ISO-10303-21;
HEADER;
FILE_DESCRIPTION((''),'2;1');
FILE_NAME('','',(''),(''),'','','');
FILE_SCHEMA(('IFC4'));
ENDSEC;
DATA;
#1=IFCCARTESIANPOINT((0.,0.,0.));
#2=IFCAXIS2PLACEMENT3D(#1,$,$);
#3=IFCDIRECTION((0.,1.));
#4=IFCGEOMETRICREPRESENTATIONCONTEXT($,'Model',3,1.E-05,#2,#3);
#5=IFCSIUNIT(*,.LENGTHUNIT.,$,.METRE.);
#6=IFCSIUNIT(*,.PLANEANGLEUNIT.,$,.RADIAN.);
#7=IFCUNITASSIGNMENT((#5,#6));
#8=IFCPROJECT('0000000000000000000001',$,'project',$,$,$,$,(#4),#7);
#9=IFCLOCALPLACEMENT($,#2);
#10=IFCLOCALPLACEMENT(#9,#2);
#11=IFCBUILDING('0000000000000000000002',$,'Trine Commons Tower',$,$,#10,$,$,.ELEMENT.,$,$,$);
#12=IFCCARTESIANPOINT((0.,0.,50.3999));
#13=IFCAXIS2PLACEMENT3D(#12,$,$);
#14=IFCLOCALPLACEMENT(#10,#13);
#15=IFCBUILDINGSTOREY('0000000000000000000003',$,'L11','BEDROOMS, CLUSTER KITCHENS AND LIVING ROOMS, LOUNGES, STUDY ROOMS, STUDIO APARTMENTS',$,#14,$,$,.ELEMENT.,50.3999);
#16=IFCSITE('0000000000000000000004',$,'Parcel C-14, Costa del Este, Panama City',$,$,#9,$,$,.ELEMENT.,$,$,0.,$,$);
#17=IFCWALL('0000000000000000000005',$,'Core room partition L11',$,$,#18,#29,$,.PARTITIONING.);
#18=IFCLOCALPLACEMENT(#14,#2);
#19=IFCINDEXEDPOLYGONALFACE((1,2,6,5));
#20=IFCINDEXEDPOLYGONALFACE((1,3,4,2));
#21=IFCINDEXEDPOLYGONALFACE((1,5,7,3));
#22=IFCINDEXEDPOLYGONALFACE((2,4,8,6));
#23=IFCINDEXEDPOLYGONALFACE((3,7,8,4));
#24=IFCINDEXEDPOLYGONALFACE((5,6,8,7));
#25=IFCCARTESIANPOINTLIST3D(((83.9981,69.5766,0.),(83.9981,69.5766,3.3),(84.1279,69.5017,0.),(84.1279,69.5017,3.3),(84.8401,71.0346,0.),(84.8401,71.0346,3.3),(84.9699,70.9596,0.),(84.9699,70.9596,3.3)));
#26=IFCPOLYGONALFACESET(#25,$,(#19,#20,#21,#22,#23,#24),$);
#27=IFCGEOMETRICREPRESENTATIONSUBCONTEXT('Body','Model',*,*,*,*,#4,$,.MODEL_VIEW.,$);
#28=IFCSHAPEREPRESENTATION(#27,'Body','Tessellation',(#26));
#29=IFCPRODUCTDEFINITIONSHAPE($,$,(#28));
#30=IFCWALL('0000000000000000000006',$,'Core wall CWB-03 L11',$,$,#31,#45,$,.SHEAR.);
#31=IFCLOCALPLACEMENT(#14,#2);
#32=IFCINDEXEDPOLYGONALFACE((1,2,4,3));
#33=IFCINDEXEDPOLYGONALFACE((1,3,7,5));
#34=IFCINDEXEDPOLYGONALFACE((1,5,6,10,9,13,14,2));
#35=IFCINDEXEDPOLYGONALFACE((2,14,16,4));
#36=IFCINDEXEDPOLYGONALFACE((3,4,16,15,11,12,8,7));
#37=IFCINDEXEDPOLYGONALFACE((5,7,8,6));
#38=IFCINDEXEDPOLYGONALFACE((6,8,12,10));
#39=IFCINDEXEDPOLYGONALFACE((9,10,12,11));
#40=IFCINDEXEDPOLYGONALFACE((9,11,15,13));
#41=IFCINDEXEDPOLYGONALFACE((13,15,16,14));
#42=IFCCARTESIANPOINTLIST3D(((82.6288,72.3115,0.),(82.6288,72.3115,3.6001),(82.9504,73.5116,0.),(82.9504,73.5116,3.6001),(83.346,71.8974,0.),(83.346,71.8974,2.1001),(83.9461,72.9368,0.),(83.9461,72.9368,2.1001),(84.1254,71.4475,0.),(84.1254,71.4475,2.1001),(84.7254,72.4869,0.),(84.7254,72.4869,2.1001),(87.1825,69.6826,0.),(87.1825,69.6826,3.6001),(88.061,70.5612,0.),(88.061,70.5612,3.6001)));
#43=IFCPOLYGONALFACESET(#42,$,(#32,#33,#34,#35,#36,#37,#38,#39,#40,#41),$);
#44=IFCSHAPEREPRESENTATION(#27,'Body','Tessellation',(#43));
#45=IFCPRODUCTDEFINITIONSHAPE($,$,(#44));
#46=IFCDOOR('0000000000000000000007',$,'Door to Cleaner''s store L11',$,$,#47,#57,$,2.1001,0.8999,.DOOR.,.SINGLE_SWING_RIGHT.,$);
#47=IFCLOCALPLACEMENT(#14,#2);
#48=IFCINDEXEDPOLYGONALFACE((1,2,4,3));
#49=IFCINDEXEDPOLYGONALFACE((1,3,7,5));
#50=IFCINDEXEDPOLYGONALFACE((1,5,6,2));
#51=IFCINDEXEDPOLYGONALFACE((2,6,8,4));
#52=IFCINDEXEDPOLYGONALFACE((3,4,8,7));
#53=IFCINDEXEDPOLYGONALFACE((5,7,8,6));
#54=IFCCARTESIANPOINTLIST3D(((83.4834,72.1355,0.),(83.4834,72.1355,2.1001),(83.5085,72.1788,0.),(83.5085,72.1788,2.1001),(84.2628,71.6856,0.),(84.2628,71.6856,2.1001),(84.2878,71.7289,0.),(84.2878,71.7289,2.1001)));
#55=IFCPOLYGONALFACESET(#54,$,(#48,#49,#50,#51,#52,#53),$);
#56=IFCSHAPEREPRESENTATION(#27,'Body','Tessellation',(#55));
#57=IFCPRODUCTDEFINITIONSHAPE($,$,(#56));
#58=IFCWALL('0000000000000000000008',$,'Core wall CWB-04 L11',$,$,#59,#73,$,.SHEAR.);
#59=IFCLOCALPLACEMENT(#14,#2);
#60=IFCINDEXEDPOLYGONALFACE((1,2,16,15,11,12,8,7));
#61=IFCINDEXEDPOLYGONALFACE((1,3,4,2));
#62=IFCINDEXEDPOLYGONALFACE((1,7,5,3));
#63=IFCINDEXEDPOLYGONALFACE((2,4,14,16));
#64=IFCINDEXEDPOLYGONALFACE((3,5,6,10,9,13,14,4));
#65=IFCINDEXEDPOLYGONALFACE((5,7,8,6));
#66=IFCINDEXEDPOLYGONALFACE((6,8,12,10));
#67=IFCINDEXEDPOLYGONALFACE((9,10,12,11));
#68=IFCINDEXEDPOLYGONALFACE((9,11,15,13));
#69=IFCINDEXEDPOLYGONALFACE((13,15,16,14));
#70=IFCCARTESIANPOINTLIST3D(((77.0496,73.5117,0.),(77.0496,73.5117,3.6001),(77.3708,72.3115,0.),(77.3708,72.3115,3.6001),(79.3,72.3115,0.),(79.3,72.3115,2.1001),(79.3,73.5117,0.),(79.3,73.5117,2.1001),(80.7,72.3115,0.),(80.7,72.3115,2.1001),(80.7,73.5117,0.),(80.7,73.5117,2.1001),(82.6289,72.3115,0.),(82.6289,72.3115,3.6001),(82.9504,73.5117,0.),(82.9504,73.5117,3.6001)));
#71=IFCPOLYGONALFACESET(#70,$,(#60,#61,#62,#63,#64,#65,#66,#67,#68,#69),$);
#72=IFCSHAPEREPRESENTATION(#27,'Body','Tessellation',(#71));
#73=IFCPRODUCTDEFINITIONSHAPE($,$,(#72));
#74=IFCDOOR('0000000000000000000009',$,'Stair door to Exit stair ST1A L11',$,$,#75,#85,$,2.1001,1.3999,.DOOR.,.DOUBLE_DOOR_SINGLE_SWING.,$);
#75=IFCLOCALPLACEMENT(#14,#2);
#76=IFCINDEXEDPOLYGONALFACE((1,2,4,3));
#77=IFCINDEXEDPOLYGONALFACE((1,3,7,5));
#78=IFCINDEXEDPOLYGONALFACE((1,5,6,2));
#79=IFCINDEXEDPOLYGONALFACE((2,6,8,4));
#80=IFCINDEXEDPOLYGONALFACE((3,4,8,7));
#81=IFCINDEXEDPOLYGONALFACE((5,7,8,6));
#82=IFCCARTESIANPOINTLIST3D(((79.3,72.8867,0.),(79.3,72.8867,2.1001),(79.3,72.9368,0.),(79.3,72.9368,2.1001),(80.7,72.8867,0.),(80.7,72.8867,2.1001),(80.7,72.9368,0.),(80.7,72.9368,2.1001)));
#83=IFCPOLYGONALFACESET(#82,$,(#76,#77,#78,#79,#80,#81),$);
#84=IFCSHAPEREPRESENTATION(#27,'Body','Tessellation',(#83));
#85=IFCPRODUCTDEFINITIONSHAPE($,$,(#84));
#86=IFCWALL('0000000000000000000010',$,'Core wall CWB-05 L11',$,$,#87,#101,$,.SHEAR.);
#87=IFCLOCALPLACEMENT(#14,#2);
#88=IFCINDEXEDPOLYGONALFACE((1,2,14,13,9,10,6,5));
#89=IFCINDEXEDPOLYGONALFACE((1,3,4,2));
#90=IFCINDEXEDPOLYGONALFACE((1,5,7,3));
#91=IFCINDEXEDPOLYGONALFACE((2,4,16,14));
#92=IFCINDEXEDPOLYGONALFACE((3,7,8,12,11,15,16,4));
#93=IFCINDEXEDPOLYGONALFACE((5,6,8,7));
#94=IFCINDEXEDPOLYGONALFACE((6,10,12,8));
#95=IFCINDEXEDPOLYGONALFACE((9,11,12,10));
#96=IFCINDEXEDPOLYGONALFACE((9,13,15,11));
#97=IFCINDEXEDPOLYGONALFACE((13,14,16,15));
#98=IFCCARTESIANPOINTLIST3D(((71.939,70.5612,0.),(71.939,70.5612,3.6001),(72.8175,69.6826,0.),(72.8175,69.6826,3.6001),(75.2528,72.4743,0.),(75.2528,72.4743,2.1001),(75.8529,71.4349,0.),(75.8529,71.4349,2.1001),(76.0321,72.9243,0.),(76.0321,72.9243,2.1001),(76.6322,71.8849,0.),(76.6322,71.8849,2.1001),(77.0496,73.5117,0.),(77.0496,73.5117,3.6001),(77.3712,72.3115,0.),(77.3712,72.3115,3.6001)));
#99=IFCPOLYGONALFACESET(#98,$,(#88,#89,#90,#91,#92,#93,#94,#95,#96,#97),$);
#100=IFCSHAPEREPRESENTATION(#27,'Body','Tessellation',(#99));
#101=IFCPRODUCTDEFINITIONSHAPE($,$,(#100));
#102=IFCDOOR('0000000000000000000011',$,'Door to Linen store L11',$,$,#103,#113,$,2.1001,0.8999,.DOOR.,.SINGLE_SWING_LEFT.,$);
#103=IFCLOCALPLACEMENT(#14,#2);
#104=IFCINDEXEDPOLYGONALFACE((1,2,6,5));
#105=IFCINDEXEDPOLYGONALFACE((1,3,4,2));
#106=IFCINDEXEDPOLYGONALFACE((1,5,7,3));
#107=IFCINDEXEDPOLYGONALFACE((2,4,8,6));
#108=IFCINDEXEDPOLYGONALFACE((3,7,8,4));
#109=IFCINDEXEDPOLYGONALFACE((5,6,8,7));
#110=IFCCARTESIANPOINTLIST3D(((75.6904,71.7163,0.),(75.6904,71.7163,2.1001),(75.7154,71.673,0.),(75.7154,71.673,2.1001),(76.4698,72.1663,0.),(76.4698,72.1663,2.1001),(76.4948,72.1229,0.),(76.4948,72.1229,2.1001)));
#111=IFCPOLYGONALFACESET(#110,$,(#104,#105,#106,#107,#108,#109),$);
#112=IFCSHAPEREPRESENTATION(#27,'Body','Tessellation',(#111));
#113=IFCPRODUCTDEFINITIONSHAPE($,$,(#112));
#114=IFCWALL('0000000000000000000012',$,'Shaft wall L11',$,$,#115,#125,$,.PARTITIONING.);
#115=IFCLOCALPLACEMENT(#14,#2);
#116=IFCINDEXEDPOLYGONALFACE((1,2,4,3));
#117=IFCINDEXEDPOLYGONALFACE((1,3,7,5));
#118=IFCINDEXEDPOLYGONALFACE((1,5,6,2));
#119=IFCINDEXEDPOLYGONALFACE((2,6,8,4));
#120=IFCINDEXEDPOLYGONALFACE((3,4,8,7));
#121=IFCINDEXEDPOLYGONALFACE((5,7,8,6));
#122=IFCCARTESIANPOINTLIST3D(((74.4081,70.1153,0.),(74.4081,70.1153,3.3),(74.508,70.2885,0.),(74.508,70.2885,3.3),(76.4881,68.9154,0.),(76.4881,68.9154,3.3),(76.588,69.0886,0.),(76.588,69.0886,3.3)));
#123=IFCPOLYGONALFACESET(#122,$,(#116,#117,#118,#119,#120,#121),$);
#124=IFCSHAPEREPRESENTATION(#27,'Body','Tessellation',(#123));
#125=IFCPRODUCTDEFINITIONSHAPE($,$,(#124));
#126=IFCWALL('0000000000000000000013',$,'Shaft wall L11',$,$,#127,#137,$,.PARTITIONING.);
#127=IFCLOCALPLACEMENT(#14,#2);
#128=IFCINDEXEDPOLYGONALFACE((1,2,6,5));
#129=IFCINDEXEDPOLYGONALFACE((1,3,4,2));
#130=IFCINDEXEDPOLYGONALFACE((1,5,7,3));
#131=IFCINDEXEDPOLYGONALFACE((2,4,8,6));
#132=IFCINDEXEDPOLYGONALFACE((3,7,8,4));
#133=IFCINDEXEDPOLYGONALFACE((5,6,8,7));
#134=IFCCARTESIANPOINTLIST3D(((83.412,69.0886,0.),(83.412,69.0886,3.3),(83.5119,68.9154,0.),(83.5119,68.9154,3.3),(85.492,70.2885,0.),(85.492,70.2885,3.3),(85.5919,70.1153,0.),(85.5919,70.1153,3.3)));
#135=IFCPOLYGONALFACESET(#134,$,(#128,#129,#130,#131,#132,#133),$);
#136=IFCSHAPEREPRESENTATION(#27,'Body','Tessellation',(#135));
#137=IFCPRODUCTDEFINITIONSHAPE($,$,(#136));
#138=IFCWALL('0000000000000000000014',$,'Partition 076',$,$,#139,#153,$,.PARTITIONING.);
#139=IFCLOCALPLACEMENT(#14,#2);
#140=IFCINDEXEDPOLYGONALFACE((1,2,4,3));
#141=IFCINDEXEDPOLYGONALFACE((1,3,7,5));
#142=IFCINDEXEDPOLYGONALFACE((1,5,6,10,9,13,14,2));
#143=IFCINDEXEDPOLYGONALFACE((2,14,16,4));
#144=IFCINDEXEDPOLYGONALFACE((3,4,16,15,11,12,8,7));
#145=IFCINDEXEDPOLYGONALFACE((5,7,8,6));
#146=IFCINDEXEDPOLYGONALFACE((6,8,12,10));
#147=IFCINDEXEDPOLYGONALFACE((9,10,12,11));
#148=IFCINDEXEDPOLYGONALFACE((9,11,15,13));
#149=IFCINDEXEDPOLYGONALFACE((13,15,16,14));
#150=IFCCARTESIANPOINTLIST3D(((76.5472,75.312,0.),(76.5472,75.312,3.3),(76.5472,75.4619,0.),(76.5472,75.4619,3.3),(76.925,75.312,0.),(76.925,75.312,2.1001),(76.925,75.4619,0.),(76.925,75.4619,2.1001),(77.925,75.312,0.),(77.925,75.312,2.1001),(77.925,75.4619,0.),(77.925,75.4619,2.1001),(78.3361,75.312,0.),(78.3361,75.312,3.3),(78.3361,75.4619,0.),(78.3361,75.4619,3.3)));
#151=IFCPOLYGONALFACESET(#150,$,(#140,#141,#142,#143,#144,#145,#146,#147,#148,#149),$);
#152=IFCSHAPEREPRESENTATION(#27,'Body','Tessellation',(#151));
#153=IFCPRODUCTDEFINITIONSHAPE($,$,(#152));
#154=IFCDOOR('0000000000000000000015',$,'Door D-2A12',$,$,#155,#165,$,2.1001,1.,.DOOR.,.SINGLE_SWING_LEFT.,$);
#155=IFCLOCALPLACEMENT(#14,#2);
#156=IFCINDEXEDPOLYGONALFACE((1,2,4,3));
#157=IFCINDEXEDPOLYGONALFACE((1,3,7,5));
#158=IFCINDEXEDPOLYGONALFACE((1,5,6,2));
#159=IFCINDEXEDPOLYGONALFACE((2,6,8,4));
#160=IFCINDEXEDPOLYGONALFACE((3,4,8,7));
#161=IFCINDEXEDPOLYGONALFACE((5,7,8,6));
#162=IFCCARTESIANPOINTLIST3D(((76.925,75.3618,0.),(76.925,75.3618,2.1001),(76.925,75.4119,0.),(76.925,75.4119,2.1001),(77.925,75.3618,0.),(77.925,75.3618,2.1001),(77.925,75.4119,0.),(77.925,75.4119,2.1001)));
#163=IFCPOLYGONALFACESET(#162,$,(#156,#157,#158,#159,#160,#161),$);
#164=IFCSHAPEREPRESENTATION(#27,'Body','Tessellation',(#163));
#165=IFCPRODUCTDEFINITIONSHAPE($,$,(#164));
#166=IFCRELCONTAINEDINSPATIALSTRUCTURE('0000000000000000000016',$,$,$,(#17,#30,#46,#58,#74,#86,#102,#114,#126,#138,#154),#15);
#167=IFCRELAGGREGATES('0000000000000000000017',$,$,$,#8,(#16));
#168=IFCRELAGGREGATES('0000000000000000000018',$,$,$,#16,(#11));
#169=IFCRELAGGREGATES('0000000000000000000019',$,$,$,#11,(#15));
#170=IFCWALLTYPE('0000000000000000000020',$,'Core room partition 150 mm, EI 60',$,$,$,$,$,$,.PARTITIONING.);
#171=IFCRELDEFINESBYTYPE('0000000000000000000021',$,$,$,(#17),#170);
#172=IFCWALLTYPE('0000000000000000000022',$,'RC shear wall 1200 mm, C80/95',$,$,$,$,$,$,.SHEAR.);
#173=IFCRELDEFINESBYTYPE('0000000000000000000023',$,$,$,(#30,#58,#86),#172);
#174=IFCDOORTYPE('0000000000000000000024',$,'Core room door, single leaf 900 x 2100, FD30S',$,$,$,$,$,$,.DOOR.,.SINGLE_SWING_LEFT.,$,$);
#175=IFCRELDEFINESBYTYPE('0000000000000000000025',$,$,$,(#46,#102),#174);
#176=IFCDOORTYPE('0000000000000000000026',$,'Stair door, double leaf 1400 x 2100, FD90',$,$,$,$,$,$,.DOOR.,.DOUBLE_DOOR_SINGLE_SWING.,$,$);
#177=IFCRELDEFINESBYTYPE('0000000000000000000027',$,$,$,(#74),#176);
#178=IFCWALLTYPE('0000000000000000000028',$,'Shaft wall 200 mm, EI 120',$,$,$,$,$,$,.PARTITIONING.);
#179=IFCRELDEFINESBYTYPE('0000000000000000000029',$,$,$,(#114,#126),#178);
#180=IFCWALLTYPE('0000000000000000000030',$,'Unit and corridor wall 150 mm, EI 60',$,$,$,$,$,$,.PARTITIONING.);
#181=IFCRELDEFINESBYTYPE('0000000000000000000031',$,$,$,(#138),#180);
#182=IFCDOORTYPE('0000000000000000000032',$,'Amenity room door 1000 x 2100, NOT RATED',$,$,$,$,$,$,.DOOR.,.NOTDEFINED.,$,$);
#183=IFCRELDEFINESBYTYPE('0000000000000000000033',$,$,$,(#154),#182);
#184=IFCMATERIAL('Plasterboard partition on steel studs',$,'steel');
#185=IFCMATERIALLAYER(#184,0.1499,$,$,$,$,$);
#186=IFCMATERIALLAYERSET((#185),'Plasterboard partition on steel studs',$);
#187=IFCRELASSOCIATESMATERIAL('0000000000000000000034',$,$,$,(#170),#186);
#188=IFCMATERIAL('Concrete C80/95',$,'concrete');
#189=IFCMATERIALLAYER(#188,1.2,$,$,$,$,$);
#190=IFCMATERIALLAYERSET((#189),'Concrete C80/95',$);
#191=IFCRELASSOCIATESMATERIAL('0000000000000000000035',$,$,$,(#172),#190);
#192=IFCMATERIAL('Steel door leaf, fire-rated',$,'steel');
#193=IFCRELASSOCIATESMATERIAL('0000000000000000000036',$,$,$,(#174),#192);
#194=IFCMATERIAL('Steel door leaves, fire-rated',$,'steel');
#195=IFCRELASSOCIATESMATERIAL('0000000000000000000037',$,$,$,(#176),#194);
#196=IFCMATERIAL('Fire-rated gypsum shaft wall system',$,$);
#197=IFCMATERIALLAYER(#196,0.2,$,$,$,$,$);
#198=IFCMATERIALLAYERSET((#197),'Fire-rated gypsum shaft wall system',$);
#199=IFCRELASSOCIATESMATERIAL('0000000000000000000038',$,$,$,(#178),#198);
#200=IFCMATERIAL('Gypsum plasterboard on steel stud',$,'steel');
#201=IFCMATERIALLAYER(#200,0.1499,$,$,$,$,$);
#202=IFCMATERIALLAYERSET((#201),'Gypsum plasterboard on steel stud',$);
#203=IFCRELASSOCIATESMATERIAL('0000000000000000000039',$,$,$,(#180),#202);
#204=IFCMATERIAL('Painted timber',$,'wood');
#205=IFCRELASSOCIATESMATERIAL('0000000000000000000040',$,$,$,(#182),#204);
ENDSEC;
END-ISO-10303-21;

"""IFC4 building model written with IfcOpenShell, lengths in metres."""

from ifc_helpers import new_model, si_unit, direction, frame, frame_2d, origin, place, context, subcontext, project, spatial, polyline, rectangle, outline, extrude, material, layer, layer_set, type_object, element, fill, save


model = new_model("IFC4")

# Units and contexts
model_context = context("Model", 3, precision=1e-05, world=origin(), true_north=direction((0.0, 1.0)))
body_context = subcontext(model_context, "Body", "Model", "MODEL_VIEW")
ifc_project = project(units=[si_unit("LENGTHUNIT", "METRE"), si_unit("PLANEANGLEUNIT", "RADIAN")], contexts=[model_context])

# Site, building, storey
site_placement = place(None, origin())
site = spatial("IfcSite", under=ifc_project, at=site_placement, Name="Parcel C-14, Costa del Este, Panama City", CompositionType="ELEMENT", RefElevation=0.0)
building_placement = place(site_placement, origin())
building = spatial("IfcBuilding", under=site, at=building_placement, Name="Trine Commons Tower", CompositionType="ELEMENT")
storey_placement = place(building_placement, frame((0.0, 0.0, 50.3999)))
storey = spatial("IfcBuildingStorey", under=building, at=storey_placement, Name="L11", Description="BEDROOMS, CLUSTER KITCHENS AND LIVING ROOMS, LOUNGES, STUDY ROOMS, STUDIO APARTMENTS", CompositionType="ELEMENT", Elevation=50.3999)

# Wall
ifc_material_1 = material(Name="Plasterboard partition on steel studs", Category="steel")
ifc_layer_1 = layer(ifc_material_1, 0.1499)
ifc_layer_set_1 = layer_set([ifc_layer_1], Name="Plasterboard partition on steel studs")
wall_type_1 = type_object("IfcWallType", Name="Core room partition 150 mm, EI 60", PredefinedType="PARTITIONING", material=ifc_layer_set_1)
wall_1_placement = place(storey_placement, frame((84.905, 70.9971, 0.0), z_axis=(0.0, 0.0, 1.0), x_axis=(-0.500116, -0.865959, 0.0)))
element("IfcWall", 1, at=wall_1_placement, inside=storey, type_object=wall_type_1, Name="Core room partition L11", PredefinedType="PARTITIONING", context=body_context, shape_type="SweptSolid", body=[
    extrude(rectangle(XDim=1.6836, YDim=0.1499, at=frame_2d((0.8418, 0.0))), origin(), (0.0, 0.0, 1.0), 3.3),
])

# Walls, openings, doors
ifc_material_2 = material(Name="Concrete C80/95", Category="concrete")
ifc_layer_2 = layer(ifc_material_2, 1.2)
ifc_layer_set_2 = layer_set([ifc_layer_2], Name="Concrete C80/95")
wall_type_2 = type_object("IfcWallType", Name="RC shear wall 1200 mm, C80/95", PredefinedType="SHEAR", material=ifc_layer_set_2)
wall_2_placement = place(storey_placement, frame((87.761, 70.0415, 0.0), z_axis=(0.0, 0.0, 1.0), x_axis=(-0.866037, 0.499979, 0.0)))
wall_2 = element("IfcWall", 2, at=wall_2_placement, inside=storey, type_object=wall_type_2, Name="Core wall CWB-03 L11", PredefinedType="SHEAR", context=body_context, shape_type="SweptSolid", body=[
    extrude(outline(polyline([(0.0, -0.6001), (5.9011, -0.6001), (5.5796, 0.6001), (0.3215, 0.6001), (0.0, -0.6001)])), origin(), (0.0, 0.0, 1.0), 3.6001),
])
opening_1_placement = place(wall_2_placement, frame((3.8516, 0.0, 0.0)))
opening_1 = element("IfcOpeningElement", 3, at=opening_1_placement, cuts=wall_2, PredefinedType="OPENING", context=body_context, shape_type="SweptSolid", body=[
    extrude(rectangle(XDim=0.8999, YDim=2.1001, at=frame_2d((0.45, 1.05))), frame((0.0, 0.6099, 0.0), z_axis=(0.0, -1.0, 0.0), x_axis=(1.0, 0.0, 0.0)), (0.0, 0.0, 1.0), 1.22),
])
ifc_material_3 = material(Name="Steel door leaf, fire-rated", Category="steel")
door_type_1 = type_object("IfcDoorType", Name="Core room door, single leaf 900 x 2100, FD30S", OperationType="SINGLE_SWING_LEFT", PredefinedType="DOOR", material=ifc_material_3)
door_1_placement = place(opening_1_placement, origin())
door_1 = element("IfcDoor", 4, at=door_1_placement, inside=storey, type_object=door_type_1, Name="Door to Cleaner's store L11", OperationType="SINGLE_SWING_RIGHT", OverallHeight=2.1001, OverallWidth=0.8999, PredefinedType="DOOR", context=body_context, shape_type="SweptSolid", body=[
    extrude(rectangle(XDim=0.8999, YDim=2.1001, at=frame_2d((0.45, 1.05))), frame((0.0, 0.3252, 0.0), z_axis=(0.0, -1.0, 0.0), x_axis=(1.0, 0.0, 0.0)), (0.0, 0.0, 1.0), 0.05),
])
fill(opening_1, door_1)
wall_3_placement = place(storey_placement, frame((82.9504, 72.9116, 0.0), z_axis=(0.0, 0.0, 1.0), x_axis=(-1.0, 0.0, 0.0)))
wall_3 = element("IfcWall", 5, at=wall_3_placement, inside=storey, type_object=wall_type_2, Name="Core wall CWB-04 L11", PredefinedType="SHEAR", context=body_context, shape_type="SweptSolid", body=[
    extrude(outline(polyline([(0.0, -0.6001), (5.9009, -0.6001), (5.5796, 0.6001), (0.3215, 0.6001), (0.0, -0.6001)])), origin(), (0.0, 0.0, 1.0), 3.6001),
])
opening_2_placement = place(wall_3_placement, frame((2.2505, 0.0, 0.0)))
opening_2 = element("IfcOpeningElement", 6, at=opening_2_placement, cuts=wall_3, PredefinedType="OPENING", context=body_context, shape_type="SweptSolid", body=[
    extrude(rectangle(XDim=1.3999, YDim=2.1001, at=frame_2d((0.7, 1.05))), frame((0.0, 0.6099, 0.0), z_axis=(0.0, -1.0, 0.0), x_axis=(1.0, 0.0, 0.0)), (0.0, 0.0, 1.0), 1.22),
])
ifc_material_4 = material(Name="Steel door leaves, fire-rated", Category="steel")
door_type_2 = type_object("IfcDoorType", Name="Stair door, double leaf 1400 x 2100, FD90", OperationType="DOUBLE_DOOR_SINGLE_SWING", PredefinedType="DOOR", material=ifc_material_4)
door_2_placement = place(opening_2_placement, origin())
door_2 = element("IfcDoor", 7, at=door_2_placement, inside=storey, type_object=door_type_2, Name="Stair door to Exit stair ST1A L11", OperationType="DOUBLE_DOOR_SINGLE_SWING", OverallHeight=2.1001, OverallWidth=1.3999, PredefinedType="DOOR", context=body_context, shape_type="SweptSolid", body=[
    extrude(rectangle(XDim=1.3999, YDim=2.1001, at=frame_2d((0.7, 1.05))), frame((0.0, 0.0249, 0.0), z_axis=(0.0, -1.0, 0.0), x_axis=(1.0, 0.0, 0.0)), (0.0, 0.0, 1.0), 0.05),
])
fill(opening_2, door_2)
wall_4_placement = place(storey_placement, frame((77.3496, 72.9919, 0.0), z_axis=(0.0, 0.0, 1.0), x_axis=(-0.866037, -0.499979, 0.0)))
wall_4 = element("IfcWall", 8, at=wall_4_placement, inside=storey, type_object=wall_type_2, Name="Core wall CWB-05 L11", PredefinedType="SHEAR", context=body_context, shape_type="SweptSolid", body=[
    extrude(outline(polyline([(0.0, -0.6001), (5.9011, -0.6001), (5.5796, 0.6001), (0.3215, 0.6001), (0.0, -0.6001)])), origin(), (0.0, 0.0, 1.0), 3.6001),
])
opening_3_placement = place(wall_4_placement, frame((1.1748, 0.0, 0.0)))
opening_3 = element("IfcOpeningElement", 9, at=opening_3_placement, cuts=wall_4, PredefinedType="OPENING", context=body_context, shape_type="SweptSolid", body=[
    extrude(rectangle(XDim=0.8999, YDim=2.1001, at=frame_2d((0.45, 1.05))), frame((0.0, 0.6099, 0.0), z_axis=(0.0, -1.0, 0.0), x_axis=(1.0, 0.0, 0.0)), (0.0, 0.0, 1.0), 1.22),
])
door_3_placement = place(opening_3_placement, origin())
door_3 = element("IfcDoor", 10, at=door_3_placement, inside=storey, type_object=door_type_1, Name="Door to Linen store L11", OperationType="SINGLE_SWING_LEFT", OverallHeight=2.1001, OverallWidth=0.8999, PredefinedType="DOOR", context=body_context, shape_type="SweptSolid", body=[
    extrude(rectangle(XDim=0.8999, YDim=2.1001, at=frame_2d((0.45, 1.05))), frame((0.0, 0.3252, 0.0), z_axis=(0.0, -1.0, 0.0), x_axis=(1.0, 0.0, 0.0)), (0.0, 0.0, 1.0), 0.05),
])
fill(opening_3, door_3)

# Walls
ifc_material_5 = material(Name="Fire-rated gypsum shaft wall system")
ifc_layer_3 = layer(ifc_material_5, 0.2)
ifc_layer_set_3 = layer_set([ifc_layer_3], Name="Fire-rated gypsum shaft wall system")
wall_type_3 = type_object("IfcWallType", Name="Shaft wall 200 mm, EI 120", PredefinedType="PARTITIONING", material=ifc_layer_set_3)
for number, where, z_axis, x_axis, name in (
    (11, (76.5381, 69.002, 0.0), (0.0, 0.0, 1.0), (-0.866203, 0.499693, 0.0), "Shaft wall L11"),
    (12, (83.4619, 69.002, 0.0), (0.0, 0.0, 1.0), (0.866203, 0.499693, 0.0), "Shaft wall L11"),
):
    element("IfcWall", number, at=place(storey_placement, frame(where, z_axis=z_axis, x_axis=x_axis)), inside=storey, type_object=wall_type_3, Name=name, PredefinedType="PARTITIONING", context=body_context, shape_type="SweptSolid", body=[
        extrude(rectangle(XDim=2.4014, YDim=0.2, at=frame_2d((1.2007, 0.0))), origin(), (0.0, 0.0, 1.0), 3.3),
    ])

# Wall, opening, door
ifc_material_6 = material(Name="Gypsum plasterboard on steel stud", Category="steel")
ifc_layer_4 = layer(ifc_material_6, 0.1499)
ifc_layer_set_4 = layer_set([ifc_layer_4], Name="Gypsum plasterboard on steel stud")
wall_type_4 = type_object("IfcWallType", Name="Unit and corridor wall 150 mm, EI 60", PredefinedType="PARTITIONING", material=ifc_layer_set_4)
wall_5_placement = place(storey_placement, frame((76.5471, 75.387, 0.0), z_axis=(0.0, 0.0, 1.0), x_axis=(1.0, 0.0, 0.0)))
wall_5 = element("IfcWall", 13, at=wall_5_placement, inside=storey, type_object=wall_type_4, Name="Partition 076", PredefinedType="PARTITIONING", context=body_context, shape_type="SweptSolid", body=[
    extrude(rectangle(XDim=1.7888, YDim=0.1499, at=frame_2d((0.8945, 0.0))), origin(), (0.0, 0.0, 1.0), 3.3),
])
opening_4_placement = place(wall_5_placement, frame((0.3779, 0.0, 0.0)))
opening_4 = element("IfcOpeningElement", 14, at=opening_4_placement, cuts=wall_5, PredefinedType="OPENING", context=body_context, shape_type="SweptSolid", body=[
    extrude(rectangle(XDim=1.0, YDim=2.1001, at=frame_2d((0.5, 1.05))), frame((0.0, 0.085, 0.0), z_axis=(0.0, -1.0, 0.0), x_axis=(1.0, 0.0, 0.0)), (0.0, 0.0, 1.0), 0.1699),
])
ifc_material_7 = material(Name="Painted timber", Category="wood")
door_type_3 = type_object("IfcDoorType", Name="Amenity room door 1000 x 2100, NOT RATED", OperationType="NOTDEFINED", PredefinedType="DOOR", material=ifc_material_7)
door_4_placement = place(opening_4_placement, origin())
door_4 = element("IfcDoor", 15, at=door_4_placement, inside=storey, type_object=door_type_3, Name="Door D-2A12", OperationType="SINGLE_SWING_LEFT", OverallHeight=2.1001, OverallWidth=1.0, PredefinedType="DOOR", context=body_context, shape_type="SweptSolid", body=[
    extrude(rectangle(XDim=1.0, YDim=2.1001, at=frame_2d((0.5, 1.05))), frame((0.0, 0.0249, 0.0), z_axis=(0.0, -1.0, 0.0), x_axis=(1.0, 0.0, 0.0)), (0.0, 0.0, 1.0), 0.05),
])
fill(opening_4, door_4)

save(model, "model.ifc")
